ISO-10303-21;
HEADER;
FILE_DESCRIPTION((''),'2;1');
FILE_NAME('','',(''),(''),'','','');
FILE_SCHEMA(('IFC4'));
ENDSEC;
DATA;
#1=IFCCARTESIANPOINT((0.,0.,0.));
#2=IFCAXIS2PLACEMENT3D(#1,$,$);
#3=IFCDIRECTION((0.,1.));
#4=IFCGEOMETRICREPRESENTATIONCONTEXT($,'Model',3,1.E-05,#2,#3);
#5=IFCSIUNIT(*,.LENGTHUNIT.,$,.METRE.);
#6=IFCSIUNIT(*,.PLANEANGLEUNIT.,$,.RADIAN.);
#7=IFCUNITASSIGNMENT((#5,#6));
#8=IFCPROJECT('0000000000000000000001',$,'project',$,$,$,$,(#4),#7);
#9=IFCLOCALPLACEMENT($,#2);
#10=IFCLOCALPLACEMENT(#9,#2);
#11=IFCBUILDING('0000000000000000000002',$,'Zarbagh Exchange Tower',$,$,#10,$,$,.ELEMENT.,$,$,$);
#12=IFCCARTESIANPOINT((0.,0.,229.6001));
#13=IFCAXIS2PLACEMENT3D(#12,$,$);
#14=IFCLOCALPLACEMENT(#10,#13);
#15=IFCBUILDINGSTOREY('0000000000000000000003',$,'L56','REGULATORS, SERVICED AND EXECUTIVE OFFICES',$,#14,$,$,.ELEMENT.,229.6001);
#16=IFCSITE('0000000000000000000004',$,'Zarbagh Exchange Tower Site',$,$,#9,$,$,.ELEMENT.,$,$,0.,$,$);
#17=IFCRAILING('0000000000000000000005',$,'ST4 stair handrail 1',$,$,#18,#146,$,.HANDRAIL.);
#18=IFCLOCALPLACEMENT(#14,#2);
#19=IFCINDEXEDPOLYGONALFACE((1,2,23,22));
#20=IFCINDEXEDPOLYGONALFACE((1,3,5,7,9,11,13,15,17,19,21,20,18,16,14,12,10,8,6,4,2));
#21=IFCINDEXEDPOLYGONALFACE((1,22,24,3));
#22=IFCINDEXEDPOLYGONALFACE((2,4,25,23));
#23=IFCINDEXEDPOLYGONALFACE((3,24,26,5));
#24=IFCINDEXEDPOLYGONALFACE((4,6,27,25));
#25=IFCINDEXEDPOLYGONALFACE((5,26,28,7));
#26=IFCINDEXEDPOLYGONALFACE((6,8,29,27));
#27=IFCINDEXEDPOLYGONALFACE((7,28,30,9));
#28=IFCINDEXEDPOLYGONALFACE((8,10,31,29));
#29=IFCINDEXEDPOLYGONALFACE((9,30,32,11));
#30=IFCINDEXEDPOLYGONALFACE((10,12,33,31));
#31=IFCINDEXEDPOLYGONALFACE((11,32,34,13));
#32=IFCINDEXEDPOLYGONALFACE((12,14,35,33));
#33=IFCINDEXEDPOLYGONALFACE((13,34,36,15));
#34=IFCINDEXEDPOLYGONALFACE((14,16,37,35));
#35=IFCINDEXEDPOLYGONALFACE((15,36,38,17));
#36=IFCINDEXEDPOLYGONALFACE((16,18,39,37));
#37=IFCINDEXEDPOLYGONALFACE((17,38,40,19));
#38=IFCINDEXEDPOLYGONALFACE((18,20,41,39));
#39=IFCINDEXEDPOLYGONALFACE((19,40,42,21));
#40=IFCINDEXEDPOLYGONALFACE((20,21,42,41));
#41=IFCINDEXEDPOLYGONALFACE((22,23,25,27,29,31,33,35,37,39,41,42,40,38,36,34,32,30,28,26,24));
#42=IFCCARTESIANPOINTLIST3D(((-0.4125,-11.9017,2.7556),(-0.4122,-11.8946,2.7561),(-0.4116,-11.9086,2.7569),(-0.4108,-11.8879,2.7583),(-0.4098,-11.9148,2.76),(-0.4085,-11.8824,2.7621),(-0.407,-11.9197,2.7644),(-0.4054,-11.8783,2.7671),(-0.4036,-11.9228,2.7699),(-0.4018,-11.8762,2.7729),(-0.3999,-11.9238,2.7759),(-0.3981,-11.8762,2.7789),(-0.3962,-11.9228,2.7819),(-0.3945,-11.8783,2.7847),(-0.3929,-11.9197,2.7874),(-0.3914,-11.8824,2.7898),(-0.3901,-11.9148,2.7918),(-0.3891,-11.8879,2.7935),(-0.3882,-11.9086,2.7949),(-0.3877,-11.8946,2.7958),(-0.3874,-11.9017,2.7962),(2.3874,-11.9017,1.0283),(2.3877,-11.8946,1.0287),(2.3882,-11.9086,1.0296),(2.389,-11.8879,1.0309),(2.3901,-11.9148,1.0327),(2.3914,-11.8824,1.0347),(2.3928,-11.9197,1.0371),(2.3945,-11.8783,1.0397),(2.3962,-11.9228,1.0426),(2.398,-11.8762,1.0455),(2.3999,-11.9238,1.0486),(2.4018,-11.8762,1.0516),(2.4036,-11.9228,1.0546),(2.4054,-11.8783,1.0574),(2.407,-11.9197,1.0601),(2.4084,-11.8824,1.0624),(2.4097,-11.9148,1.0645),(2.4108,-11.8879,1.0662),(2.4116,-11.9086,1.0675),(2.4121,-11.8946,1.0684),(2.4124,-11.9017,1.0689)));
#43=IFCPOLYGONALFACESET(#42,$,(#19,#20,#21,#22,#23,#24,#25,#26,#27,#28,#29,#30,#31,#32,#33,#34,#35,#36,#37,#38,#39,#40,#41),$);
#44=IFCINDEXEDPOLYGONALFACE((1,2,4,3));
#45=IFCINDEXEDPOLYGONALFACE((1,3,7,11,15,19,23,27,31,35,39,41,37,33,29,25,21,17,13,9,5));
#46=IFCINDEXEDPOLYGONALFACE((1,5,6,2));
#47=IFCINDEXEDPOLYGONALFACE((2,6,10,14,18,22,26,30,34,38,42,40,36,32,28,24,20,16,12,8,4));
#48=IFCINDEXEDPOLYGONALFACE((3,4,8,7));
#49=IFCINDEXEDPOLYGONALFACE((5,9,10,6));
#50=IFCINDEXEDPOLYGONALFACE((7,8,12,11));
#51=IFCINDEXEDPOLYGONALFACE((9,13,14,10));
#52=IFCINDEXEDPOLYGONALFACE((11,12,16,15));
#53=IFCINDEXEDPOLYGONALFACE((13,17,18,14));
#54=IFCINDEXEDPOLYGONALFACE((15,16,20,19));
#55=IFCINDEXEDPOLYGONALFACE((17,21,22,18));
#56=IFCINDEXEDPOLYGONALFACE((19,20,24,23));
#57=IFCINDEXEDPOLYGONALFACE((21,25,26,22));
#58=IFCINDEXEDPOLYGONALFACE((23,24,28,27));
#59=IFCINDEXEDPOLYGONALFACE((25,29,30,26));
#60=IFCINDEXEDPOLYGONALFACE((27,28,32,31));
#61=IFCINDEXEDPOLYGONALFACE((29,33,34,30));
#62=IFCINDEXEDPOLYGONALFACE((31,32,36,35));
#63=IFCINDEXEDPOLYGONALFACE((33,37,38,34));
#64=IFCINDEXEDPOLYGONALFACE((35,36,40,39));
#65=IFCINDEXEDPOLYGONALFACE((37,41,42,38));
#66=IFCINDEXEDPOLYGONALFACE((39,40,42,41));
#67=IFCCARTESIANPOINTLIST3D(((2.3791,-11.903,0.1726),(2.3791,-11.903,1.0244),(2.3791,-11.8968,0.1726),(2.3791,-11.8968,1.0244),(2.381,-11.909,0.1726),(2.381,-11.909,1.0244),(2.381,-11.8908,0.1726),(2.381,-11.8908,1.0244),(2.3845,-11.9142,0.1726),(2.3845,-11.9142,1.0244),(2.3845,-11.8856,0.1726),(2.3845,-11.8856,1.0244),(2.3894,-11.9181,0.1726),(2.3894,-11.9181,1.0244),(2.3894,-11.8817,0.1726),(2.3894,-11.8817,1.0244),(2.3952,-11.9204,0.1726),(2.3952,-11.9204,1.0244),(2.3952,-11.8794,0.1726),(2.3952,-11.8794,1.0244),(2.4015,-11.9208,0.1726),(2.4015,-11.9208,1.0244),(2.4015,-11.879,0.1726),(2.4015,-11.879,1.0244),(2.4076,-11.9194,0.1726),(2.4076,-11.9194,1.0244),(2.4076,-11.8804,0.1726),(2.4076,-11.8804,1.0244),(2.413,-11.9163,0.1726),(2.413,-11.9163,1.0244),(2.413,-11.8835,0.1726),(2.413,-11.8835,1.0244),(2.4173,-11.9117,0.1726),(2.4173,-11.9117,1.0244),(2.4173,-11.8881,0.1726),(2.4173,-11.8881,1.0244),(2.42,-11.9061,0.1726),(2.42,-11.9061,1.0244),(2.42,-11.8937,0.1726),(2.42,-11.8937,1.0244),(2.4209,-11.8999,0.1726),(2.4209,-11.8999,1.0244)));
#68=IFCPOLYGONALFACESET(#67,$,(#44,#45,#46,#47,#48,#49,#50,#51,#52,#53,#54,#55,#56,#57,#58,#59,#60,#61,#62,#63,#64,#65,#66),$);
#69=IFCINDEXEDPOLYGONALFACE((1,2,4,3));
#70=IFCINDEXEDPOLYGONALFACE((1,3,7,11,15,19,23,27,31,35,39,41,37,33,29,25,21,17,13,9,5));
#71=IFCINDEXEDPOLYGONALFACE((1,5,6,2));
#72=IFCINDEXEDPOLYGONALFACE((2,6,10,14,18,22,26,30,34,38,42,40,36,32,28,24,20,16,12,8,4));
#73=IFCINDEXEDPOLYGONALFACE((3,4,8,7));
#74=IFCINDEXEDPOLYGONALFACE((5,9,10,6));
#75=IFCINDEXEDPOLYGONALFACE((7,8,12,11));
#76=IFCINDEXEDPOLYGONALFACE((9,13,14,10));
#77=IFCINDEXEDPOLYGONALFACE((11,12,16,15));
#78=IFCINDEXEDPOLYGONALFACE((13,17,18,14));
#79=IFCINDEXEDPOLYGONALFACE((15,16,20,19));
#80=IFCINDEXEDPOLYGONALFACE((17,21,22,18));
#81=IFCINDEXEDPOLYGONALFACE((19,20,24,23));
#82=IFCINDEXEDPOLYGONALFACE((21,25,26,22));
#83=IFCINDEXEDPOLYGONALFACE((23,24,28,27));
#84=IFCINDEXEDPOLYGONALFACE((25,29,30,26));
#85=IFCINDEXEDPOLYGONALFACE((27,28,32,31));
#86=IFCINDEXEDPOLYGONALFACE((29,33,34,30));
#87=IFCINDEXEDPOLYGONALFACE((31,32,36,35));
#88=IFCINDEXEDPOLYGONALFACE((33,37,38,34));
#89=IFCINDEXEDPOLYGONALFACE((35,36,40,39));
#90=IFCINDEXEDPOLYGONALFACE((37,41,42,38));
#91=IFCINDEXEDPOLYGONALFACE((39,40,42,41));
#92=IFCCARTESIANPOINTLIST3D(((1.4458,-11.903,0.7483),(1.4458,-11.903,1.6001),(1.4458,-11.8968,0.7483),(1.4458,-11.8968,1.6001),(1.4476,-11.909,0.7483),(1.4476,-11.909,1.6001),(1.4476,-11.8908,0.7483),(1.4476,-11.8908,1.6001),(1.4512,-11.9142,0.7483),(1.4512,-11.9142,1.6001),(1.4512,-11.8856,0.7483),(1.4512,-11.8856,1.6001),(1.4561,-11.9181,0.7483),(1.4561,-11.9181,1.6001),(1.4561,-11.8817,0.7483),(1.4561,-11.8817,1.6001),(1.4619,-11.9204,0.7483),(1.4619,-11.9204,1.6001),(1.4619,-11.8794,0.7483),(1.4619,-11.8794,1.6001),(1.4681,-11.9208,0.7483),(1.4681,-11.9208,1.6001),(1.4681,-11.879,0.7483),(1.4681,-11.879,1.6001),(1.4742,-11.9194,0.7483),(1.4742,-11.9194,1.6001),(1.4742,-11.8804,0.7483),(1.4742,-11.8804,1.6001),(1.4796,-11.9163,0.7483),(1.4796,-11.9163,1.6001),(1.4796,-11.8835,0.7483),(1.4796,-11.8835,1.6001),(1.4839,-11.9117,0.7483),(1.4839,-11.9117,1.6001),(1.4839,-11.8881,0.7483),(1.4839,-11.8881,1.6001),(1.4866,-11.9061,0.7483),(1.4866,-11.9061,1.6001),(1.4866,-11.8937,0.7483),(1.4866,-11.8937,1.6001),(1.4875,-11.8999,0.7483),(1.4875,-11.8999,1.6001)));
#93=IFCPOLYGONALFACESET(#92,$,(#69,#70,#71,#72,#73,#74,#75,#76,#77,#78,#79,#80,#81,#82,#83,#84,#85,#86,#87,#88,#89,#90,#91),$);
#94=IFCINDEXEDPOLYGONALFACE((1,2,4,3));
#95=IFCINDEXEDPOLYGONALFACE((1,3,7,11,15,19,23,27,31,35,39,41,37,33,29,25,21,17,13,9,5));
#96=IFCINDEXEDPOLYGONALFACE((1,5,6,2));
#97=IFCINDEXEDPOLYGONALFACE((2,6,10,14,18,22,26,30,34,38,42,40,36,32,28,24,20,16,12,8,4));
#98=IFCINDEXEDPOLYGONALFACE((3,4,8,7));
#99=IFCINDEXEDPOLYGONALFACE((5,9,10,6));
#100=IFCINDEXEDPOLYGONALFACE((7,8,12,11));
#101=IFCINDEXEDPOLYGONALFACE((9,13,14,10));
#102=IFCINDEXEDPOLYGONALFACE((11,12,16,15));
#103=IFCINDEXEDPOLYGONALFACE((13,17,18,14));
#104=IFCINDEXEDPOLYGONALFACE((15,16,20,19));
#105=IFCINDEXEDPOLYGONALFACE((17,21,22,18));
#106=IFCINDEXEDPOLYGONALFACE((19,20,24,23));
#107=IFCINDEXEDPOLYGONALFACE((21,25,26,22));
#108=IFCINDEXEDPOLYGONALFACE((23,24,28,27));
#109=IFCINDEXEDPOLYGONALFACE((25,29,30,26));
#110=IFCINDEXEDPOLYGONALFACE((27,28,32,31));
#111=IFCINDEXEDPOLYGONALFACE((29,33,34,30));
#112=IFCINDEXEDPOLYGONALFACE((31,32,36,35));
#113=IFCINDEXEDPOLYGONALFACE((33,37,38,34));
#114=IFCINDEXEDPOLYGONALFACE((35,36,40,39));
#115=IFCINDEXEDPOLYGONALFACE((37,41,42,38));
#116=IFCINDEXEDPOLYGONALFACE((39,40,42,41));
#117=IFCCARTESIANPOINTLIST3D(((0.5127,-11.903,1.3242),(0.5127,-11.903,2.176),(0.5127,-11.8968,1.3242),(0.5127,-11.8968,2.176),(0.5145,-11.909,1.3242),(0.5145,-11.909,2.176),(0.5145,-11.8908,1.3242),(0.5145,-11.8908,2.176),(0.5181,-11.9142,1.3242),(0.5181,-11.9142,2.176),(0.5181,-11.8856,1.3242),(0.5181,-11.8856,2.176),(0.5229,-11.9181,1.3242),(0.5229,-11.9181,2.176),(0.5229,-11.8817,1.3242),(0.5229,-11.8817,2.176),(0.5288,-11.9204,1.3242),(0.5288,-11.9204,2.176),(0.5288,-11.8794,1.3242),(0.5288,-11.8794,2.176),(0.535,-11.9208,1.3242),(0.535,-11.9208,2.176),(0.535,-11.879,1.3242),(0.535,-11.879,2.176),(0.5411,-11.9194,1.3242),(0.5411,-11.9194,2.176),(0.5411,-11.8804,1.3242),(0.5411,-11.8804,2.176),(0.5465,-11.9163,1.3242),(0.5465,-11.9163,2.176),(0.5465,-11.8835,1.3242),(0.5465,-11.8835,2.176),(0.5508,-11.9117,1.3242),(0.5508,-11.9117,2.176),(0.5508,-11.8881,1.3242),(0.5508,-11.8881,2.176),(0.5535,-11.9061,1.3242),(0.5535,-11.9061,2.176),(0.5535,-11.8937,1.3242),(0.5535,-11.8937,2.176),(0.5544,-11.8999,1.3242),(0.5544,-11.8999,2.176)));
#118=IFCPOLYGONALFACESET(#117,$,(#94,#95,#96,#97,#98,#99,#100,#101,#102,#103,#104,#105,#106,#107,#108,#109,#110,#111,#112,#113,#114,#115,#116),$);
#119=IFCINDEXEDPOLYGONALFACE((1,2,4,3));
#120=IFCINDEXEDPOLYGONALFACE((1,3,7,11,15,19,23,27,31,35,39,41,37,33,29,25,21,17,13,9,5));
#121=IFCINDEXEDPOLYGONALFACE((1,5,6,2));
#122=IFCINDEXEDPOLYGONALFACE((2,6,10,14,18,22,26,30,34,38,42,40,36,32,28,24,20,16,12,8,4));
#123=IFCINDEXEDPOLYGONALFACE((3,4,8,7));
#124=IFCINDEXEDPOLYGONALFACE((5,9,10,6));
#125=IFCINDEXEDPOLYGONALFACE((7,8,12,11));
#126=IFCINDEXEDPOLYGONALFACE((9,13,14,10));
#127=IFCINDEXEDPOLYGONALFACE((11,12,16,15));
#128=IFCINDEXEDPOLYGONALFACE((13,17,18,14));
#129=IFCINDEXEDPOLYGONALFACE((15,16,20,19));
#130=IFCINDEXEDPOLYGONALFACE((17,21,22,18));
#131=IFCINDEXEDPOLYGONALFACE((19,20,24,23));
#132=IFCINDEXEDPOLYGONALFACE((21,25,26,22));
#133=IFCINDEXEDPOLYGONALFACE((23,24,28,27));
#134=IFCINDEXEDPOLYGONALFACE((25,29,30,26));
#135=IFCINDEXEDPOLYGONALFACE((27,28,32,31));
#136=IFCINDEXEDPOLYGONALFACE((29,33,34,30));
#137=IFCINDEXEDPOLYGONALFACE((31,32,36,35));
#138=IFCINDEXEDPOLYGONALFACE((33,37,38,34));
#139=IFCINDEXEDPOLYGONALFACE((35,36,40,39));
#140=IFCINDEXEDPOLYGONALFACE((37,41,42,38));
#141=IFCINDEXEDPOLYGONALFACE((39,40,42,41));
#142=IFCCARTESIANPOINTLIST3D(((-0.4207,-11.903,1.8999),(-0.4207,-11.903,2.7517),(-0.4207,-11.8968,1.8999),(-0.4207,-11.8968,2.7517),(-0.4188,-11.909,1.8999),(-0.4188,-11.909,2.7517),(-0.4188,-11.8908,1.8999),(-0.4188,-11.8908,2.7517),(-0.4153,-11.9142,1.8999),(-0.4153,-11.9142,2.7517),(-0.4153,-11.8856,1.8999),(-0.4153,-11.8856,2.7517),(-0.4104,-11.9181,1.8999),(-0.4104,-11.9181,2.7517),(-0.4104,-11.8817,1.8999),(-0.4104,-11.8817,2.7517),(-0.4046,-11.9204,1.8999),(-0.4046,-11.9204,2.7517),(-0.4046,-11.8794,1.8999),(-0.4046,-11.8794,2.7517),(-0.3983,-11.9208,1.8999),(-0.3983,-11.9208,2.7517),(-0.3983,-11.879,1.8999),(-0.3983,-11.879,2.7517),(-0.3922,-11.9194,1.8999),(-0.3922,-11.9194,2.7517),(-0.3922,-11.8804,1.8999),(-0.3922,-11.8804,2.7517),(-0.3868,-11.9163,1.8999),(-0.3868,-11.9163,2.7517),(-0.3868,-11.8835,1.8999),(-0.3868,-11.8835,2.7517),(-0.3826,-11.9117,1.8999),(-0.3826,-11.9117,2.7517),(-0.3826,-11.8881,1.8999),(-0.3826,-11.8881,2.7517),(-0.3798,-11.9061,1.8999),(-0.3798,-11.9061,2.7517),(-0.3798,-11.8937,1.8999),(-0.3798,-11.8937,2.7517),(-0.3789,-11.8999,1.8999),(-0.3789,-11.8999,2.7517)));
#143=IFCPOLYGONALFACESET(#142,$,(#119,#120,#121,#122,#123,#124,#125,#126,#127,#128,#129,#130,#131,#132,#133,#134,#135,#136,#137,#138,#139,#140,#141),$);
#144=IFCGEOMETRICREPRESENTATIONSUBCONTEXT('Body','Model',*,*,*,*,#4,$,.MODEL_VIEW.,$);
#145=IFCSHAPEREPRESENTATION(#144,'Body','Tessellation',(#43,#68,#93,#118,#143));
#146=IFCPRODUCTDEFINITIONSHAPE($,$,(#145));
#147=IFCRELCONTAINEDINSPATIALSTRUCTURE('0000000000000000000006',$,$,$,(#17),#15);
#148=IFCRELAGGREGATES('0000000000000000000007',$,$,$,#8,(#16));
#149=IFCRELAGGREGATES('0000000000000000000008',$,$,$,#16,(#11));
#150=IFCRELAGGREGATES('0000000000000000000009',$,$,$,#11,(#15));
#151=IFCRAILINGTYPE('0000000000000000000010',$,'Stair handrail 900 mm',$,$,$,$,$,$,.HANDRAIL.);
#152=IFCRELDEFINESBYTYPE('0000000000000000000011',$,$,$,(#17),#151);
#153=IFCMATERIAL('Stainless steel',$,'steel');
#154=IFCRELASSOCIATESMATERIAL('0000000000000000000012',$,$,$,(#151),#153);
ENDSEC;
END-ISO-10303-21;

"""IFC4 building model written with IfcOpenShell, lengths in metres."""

from ifc_helpers import new_model, si_unit, direction, frame, origin, origin_2d, place, context, subcontext, project, spatial, circle, extrude, material, type_object, element, save


model = new_model("IFC4")

# Units and contexts
model_context = context("Model", 3, precision=1e-05, world=origin(), true_north=direction((0.0, 1.0)))
body_context = subcontext(model_context, "Body", "Model", "MODEL_VIEW")
ifc_project = project(units=[si_unit("LENGTHUNIT", "METRE"), si_unit("PLANEANGLEUNIT", "RADIAN")], contexts=[model_context])

# Site, building, storey
site_placement = place(None, origin())
site = spatial("IfcSite", under=ifc_project, at=site_placement, Name="Zarbagh Exchange Tower Site", CompositionType="ELEMENT", RefElevation=0.0)
building_placement = place(site_placement, origin())
building = spatial("IfcBuilding", under=site, at=building_placement, Name="Zarbagh Exchange Tower", CompositionType="ELEMENT")
storey_placement = place(building_placement, frame((0.0, 0.0, 229.6001)))
storey = spatial("IfcBuildingStorey", under=building, at=storey_placement, Name="L56", Description="REGULATORS, SERVICED AND EXECUTIVE OFFICES", CompositionType="ELEMENT", Elevation=229.6001)

# Shared definitions
ifc_material_1 = material(Name="Stainless steel", Category="steel")

# Railing
railing_type_1 = type_object("IfcRailingType", Name="Stair handrail 900 mm", PredefinedType="HANDRAIL", material=ifc_material_1)
railing_1_placement = place(storey_placement, frame((2.3999, -11.8999, 0.1726)))
element("IfcRailing", 1, at=railing_1_placement, inside=storey, type_object=railing_type_1, Name="ST4 stair handrail 1", PredefinedType="HANDRAIL", context=body_context, shape_type="SweptSolid", body=[
    extrude(circle(Radius=0.0239, at=origin_2d()), frame((0.0, 0.0, 0.876), z_axis=(-0.851069, 0.0, 0.525054), x_axis=(0.0, -1.0, 0.0)), (0.0, 0.0, 1.0), 3.2898),
    extrude(circle(Radius=0.021, at=origin_2d()), origin(), (0.0, 0.0, 1.0), 0.8518),
    extrude(circle(Radius=0.021, at=origin_2d()), frame((-0.9333, 0.0, 0.5757)), (0.0, 0.0, 1.0), 0.8518),
    extrude(circle(Radius=0.021, at=origin_2d()), frame((-1.8665, 0.0, 1.1516)), (0.0, 0.0, 1.0), 0.8518),
    extrude(circle(Radius=0.021, at=origin_2d()), frame((-2.7998, 0.0, 1.7273)), (0.0, 0.0, 1.0), 0.8518),
])

save(model, "model.ifc")
